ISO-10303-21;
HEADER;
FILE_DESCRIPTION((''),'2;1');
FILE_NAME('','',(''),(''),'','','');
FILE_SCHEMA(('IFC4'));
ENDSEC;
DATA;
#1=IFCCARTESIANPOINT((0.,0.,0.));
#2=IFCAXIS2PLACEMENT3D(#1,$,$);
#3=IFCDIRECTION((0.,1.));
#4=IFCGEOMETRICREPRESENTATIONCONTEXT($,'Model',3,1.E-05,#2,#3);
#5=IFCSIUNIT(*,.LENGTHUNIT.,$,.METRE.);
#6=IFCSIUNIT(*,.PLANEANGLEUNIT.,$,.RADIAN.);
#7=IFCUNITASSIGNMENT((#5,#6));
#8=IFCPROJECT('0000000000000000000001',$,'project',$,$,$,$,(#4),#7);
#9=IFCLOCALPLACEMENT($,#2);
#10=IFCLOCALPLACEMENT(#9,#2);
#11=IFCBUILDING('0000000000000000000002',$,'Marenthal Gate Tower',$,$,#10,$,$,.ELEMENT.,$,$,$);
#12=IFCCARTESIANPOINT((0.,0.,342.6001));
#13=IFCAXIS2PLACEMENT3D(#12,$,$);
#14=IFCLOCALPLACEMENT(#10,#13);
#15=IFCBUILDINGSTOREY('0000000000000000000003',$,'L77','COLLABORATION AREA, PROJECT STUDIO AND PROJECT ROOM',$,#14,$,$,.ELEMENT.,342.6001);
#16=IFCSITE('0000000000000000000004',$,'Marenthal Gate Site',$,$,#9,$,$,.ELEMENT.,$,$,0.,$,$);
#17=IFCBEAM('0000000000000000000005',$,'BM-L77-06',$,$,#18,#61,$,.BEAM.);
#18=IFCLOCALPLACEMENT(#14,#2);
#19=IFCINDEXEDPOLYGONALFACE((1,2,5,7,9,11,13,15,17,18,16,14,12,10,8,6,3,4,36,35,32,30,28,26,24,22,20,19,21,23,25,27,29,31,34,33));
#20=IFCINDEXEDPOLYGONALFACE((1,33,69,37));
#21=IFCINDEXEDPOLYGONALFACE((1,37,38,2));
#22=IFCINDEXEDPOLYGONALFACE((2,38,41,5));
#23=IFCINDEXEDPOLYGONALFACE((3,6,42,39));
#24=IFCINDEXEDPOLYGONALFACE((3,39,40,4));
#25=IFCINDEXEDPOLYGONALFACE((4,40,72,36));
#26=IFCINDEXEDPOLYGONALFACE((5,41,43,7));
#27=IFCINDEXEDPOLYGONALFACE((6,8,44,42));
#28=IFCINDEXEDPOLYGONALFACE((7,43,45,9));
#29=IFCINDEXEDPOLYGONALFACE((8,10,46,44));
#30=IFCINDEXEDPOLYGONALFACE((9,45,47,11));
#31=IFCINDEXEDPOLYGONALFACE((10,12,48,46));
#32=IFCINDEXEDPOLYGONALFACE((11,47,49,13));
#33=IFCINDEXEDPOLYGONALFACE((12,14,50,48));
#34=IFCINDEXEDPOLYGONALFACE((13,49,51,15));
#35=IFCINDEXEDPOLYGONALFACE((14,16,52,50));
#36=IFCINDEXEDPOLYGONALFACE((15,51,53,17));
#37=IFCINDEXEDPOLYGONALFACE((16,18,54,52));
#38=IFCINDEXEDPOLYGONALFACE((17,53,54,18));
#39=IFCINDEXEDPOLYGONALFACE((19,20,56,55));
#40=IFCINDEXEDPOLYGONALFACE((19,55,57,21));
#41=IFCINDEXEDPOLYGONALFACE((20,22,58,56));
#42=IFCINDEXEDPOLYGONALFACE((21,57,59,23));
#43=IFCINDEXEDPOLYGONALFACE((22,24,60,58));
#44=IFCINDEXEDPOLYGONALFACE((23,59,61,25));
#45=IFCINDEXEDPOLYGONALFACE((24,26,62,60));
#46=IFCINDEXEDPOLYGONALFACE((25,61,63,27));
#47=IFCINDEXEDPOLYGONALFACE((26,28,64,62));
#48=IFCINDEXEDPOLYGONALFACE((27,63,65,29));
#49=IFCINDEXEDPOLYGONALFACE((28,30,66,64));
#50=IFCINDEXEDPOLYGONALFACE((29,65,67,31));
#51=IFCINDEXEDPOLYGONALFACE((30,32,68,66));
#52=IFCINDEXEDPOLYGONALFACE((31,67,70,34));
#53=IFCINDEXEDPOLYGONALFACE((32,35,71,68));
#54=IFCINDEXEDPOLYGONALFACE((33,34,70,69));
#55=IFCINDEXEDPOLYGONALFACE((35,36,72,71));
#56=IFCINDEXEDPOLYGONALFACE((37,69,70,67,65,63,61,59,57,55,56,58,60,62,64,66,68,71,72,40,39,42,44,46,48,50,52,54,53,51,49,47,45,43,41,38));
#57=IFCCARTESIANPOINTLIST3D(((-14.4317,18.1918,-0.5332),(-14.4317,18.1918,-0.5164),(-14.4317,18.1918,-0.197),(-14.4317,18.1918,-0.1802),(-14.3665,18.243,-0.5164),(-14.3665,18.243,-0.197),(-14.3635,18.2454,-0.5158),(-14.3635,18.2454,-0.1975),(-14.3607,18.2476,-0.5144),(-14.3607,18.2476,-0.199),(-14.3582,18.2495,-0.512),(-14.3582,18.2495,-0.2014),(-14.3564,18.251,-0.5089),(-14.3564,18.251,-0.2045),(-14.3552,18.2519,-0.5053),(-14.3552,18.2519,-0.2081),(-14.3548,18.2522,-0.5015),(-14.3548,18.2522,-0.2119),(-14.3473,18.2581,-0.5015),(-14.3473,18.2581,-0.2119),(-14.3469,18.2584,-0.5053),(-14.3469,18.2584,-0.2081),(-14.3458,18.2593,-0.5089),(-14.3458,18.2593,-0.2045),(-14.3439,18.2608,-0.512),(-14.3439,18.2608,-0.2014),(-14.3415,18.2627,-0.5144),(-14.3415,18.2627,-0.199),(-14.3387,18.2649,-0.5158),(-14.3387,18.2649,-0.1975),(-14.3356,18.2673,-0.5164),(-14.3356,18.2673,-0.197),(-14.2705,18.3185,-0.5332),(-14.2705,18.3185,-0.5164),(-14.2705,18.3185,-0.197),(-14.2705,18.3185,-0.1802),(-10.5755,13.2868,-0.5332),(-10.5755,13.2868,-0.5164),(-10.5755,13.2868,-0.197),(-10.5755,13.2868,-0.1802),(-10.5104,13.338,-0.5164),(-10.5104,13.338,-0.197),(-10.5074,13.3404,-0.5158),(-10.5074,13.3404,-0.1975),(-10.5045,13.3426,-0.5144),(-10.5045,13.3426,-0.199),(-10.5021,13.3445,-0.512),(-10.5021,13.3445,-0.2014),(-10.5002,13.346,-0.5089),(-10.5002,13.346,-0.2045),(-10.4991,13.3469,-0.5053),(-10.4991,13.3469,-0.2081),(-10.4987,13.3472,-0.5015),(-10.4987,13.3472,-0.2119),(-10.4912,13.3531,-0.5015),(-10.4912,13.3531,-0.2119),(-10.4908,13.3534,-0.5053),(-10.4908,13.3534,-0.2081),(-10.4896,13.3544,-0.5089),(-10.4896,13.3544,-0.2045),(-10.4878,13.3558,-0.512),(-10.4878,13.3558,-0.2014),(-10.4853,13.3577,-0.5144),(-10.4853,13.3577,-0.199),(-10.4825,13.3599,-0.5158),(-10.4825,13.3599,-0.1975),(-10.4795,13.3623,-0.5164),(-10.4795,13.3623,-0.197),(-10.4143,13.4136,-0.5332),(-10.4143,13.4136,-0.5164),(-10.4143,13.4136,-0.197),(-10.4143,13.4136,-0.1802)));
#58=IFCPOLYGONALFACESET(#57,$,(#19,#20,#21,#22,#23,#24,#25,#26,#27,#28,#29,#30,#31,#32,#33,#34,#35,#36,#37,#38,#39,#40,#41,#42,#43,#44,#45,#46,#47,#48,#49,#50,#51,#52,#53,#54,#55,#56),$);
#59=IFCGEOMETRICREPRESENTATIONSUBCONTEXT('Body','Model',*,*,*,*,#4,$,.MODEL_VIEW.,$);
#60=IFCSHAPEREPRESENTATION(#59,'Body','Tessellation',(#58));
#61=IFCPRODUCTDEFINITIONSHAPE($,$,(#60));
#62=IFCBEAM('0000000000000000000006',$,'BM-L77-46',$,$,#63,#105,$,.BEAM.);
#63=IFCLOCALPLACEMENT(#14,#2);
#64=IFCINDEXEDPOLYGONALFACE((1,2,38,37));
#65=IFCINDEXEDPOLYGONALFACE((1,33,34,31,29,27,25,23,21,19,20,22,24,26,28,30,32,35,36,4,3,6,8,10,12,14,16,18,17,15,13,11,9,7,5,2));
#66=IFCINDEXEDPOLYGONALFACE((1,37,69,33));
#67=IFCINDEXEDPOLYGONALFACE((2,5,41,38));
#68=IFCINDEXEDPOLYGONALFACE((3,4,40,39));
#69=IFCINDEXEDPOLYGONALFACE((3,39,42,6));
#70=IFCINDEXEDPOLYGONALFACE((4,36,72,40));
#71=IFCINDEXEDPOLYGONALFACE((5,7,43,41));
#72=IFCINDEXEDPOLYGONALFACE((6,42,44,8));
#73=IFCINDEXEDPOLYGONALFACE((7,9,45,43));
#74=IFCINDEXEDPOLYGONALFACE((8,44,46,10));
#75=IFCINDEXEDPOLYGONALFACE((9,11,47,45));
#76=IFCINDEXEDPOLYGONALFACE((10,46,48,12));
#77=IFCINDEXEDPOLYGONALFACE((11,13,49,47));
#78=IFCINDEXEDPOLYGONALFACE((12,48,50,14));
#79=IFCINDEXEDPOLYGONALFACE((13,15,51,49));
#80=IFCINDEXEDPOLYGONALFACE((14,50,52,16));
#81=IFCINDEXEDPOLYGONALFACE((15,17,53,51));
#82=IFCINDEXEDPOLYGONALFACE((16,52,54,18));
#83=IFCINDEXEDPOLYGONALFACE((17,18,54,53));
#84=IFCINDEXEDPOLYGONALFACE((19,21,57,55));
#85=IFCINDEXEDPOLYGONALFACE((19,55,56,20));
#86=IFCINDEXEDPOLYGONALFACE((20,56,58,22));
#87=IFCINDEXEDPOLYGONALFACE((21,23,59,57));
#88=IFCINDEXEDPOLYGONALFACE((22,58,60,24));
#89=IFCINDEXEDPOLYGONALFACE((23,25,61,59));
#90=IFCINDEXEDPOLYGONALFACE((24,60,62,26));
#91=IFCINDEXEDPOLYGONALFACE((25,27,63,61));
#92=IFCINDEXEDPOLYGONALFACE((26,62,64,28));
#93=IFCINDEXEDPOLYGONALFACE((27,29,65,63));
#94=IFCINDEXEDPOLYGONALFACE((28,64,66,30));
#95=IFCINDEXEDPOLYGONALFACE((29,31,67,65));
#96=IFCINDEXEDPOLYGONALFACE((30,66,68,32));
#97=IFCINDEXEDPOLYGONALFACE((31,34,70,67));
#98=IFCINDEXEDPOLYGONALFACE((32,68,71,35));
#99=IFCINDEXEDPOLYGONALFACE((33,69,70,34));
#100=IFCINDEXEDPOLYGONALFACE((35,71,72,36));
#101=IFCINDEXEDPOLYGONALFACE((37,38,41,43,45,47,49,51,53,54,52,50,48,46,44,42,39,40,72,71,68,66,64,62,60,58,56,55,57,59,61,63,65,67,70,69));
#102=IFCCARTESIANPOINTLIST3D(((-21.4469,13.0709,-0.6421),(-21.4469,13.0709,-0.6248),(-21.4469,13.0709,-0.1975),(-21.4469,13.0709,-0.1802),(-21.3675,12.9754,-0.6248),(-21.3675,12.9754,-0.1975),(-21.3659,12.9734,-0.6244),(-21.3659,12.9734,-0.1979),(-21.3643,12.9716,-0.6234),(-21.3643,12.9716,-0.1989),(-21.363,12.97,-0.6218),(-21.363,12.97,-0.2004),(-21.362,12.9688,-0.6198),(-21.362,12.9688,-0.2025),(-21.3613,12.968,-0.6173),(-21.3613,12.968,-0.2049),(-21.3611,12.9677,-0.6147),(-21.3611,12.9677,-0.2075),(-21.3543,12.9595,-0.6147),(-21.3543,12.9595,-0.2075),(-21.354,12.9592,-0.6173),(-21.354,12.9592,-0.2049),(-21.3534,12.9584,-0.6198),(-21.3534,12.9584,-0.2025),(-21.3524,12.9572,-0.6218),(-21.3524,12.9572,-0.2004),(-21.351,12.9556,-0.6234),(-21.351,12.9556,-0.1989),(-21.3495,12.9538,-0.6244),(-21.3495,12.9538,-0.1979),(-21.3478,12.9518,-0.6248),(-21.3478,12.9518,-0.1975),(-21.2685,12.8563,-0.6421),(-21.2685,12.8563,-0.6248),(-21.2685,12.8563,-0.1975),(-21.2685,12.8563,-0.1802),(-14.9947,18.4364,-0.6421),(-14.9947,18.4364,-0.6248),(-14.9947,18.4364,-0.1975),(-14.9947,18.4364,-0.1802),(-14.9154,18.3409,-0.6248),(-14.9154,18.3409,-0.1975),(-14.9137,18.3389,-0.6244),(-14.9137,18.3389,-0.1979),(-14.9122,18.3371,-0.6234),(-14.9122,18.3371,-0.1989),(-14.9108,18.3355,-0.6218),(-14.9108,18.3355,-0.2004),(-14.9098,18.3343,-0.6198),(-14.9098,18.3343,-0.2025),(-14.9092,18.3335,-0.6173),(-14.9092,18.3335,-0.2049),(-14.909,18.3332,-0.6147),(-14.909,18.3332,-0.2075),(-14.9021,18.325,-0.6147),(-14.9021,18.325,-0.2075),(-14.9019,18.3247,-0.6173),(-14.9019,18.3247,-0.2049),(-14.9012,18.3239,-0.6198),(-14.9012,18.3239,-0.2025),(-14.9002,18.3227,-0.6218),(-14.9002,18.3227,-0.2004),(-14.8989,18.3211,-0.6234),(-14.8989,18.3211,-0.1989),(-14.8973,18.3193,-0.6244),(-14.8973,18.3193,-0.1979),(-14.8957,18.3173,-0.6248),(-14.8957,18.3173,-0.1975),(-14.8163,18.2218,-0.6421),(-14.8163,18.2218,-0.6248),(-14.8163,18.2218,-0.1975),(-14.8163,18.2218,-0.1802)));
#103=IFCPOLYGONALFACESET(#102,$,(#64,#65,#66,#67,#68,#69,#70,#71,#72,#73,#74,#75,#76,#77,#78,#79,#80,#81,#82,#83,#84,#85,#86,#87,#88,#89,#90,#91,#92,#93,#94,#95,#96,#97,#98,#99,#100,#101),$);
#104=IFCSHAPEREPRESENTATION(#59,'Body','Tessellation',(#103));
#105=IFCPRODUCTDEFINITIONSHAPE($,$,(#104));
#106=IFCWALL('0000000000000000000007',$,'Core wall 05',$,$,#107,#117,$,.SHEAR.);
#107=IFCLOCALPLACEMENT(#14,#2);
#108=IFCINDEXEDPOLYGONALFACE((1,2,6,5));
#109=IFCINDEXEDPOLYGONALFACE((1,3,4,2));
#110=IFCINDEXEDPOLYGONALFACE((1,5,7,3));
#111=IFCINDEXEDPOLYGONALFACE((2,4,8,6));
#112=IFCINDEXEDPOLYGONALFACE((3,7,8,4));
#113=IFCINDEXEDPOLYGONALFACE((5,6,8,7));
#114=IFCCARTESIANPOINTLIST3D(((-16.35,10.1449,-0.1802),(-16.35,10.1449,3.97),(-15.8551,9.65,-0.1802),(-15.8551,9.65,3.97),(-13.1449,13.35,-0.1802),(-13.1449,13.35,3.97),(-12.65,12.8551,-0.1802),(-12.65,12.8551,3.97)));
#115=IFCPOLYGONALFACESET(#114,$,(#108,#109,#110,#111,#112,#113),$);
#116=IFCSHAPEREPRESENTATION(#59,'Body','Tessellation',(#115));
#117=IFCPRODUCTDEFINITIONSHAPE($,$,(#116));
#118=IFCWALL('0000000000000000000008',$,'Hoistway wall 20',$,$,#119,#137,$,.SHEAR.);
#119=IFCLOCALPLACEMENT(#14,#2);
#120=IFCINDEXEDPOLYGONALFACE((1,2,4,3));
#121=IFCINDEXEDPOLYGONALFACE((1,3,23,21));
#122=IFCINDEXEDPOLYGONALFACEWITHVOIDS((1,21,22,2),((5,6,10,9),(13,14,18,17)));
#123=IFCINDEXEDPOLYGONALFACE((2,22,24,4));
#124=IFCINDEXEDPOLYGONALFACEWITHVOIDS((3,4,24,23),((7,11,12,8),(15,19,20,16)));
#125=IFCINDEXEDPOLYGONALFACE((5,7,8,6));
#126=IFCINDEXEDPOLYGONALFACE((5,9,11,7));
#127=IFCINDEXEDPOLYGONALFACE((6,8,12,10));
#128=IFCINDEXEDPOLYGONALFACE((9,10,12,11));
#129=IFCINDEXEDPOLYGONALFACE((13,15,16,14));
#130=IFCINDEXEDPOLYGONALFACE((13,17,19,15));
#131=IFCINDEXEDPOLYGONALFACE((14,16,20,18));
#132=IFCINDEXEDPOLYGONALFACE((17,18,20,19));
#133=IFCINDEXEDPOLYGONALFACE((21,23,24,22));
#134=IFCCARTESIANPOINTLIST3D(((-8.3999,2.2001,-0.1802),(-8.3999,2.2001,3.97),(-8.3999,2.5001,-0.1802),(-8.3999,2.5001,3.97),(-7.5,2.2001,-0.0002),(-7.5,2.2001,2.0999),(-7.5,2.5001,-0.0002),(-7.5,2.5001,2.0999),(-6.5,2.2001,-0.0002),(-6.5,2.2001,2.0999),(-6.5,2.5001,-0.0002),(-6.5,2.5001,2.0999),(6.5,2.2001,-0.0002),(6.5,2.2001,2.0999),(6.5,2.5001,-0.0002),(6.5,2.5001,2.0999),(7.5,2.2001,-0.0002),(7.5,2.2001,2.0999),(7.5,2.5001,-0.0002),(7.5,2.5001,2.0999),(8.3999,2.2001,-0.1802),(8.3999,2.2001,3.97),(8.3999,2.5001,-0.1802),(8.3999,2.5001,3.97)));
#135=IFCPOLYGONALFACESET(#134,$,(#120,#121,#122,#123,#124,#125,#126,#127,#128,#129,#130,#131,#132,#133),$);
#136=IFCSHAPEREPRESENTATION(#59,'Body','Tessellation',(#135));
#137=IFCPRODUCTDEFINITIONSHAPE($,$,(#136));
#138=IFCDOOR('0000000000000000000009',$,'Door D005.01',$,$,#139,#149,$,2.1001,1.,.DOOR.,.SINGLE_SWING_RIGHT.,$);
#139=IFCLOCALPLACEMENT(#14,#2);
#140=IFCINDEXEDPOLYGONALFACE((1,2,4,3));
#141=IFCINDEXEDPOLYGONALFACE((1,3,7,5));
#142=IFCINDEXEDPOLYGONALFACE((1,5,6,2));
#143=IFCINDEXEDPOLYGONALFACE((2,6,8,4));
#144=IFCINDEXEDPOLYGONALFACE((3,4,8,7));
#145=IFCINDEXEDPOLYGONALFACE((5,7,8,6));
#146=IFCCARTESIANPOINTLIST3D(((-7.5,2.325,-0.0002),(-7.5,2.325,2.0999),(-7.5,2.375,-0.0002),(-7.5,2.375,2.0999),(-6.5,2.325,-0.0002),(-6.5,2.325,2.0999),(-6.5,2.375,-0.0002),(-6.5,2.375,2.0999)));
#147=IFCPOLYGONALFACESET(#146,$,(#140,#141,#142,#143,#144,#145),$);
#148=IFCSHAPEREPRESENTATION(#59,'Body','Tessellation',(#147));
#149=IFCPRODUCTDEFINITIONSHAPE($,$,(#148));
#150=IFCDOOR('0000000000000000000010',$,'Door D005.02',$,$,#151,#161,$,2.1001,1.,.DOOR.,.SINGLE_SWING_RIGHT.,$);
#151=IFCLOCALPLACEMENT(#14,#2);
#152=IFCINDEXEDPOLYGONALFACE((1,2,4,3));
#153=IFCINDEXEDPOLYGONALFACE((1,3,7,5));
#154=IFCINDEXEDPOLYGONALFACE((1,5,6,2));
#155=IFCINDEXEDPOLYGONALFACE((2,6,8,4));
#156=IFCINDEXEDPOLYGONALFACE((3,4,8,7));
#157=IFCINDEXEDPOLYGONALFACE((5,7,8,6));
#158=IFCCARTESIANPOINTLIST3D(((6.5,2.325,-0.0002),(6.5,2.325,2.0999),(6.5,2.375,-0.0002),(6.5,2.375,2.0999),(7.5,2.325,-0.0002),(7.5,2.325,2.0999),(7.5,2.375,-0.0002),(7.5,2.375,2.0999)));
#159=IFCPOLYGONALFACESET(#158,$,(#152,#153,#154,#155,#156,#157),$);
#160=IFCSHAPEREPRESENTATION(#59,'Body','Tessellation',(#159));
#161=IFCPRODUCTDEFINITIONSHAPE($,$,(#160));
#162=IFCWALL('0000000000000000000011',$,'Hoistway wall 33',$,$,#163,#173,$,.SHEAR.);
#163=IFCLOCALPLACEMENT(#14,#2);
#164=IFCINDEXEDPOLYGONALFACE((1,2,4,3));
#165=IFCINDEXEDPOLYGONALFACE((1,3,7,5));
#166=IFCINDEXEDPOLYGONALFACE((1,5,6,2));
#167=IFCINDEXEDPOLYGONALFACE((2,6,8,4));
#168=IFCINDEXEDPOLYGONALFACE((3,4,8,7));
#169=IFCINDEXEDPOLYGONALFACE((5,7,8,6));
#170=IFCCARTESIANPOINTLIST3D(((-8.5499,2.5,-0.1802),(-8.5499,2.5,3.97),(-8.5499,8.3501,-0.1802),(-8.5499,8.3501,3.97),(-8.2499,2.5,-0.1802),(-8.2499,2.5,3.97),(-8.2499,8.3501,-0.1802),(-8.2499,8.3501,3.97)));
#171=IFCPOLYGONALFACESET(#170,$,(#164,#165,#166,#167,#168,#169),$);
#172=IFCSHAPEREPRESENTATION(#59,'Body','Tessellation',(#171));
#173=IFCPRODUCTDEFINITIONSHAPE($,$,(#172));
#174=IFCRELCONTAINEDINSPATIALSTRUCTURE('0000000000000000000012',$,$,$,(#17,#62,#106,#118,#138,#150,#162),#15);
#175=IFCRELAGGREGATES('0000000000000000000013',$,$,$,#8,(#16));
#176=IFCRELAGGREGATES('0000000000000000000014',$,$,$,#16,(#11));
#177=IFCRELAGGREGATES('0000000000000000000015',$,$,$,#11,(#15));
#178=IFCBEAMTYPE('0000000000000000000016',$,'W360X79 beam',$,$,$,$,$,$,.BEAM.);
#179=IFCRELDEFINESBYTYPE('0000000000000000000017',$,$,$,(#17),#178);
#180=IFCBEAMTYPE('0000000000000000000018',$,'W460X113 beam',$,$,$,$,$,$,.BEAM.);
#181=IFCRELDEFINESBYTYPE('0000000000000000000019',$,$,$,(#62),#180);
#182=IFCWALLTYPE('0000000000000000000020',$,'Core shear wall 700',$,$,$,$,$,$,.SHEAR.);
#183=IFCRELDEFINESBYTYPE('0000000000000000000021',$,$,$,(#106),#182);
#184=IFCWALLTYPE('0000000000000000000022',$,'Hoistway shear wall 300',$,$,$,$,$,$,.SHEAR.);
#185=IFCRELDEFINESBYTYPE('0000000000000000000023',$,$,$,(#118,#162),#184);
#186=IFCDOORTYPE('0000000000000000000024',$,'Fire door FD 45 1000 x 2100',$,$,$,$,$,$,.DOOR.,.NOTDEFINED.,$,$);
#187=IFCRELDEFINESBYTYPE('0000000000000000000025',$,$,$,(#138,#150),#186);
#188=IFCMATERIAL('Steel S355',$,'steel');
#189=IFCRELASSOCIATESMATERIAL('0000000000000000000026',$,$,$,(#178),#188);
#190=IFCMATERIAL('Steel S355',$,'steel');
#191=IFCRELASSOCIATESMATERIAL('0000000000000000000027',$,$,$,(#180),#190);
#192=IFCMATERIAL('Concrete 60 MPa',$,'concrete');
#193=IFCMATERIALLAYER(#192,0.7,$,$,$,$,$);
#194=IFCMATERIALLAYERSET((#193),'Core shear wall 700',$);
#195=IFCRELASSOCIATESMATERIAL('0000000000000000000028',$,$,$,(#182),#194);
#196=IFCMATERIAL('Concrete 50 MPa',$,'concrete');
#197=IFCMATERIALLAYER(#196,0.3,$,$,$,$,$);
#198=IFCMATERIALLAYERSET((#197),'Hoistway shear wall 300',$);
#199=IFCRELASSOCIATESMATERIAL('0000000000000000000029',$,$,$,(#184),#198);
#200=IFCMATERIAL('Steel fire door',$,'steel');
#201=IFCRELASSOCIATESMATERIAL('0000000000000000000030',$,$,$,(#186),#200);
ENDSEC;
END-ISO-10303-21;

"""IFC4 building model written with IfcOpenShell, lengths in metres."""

from ifc_helpers import new_model, si_unit, direction, frame, frame_2d, origin, origin_2d, place, context, subcontext, project, spatial, rectangle, i_section, extrude, material, layer, layer_set, material_profile, profile_set, type_object, element, fill, save


model = new_model("IFC4")

# Units and contexts
model_context = context("Model", 3, precision=1e-05, world=origin(), true_north=direction((0.0, 1.0)))
body_context = subcontext(model_context, "Body", "Model", "MODEL_VIEW")
ifc_project = project(units=[si_unit("LENGTHUNIT", "METRE"), si_unit("PLANEANGLEUNIT", "RADIAN")], contexts=[model_context])

# Site, building, storey
site_placement = place(None, origin())
site = spatial("IfcSite", under=ifc_project, at=site_placement, Name="Marenthal Gate Site", CompositionType="ELEMENT", RefElevation=0.0)
building_placement = place(site_placement, origin())
building = spatial("IfcBuilding", under=site, at=building_placement, Name="Marenthal Gate Tower", CompositionType="ELEMENT")
storey_placement = place(building_placement, frame((0.0, 0.0, 342.6001)))
storey = spatial("IfcBuildingStorey", under=building, at=storey_placement, Name="L77", Description="COLLABORATION AREA, PROJECT STUDIO AND PROJECT ROOM", CompositionType="ELEMENT", Elevation=342.6001)

# Beams
ifc_material_1 = material(Name="Steel S355", Category="steel")
ifc_material_profile_1 = material_profile(ifc_material_1, i_section(OverallWidth=0.2051, OverallDepth=0.353, WebThickness=0.0095, FlangeThickness=0.0168, FilletRadius=0.0149, at=origin_2d()), Name="W360X79")
ifc_profile_set_1 = profile_set([ifc_material_profile_1], Name="Steel S355")
beam_type_1 = type_object("IfcBeamType", Name="W360X79 beam", PredefinedType="BEAM", material=ifc_profile_set_1)
beam_1_placement = place(storey_placement, frame((-14.3511, 18.2551, -0.3567), z_axis=(0.618044, -0.786143, 0.0), x_axis=(0.786143, 0.618044, 0.0)))
element("IfcBeam", 1, at=beam_1_placement, inside=storey, type_object=beam_type_1, Name="BM-L77-06", PredefinedType="BEAM", context=body_context, shape_type="SweptSolid", body=[
    extrude(i_section(OverallWidth=0.2051, OverallDepth=0.353, WebThickness=0.0095, FlangeThickness=0.0168, FilletRadius=0.0149, at=origin_2d()), origin(), (0.0, 0.0, 1.0), 6.2393),
])
ifc_material_2 = material(Name="Steel S355", Category="steel")
ifc_material_profile_2 = material_profile(ifc_material_2, i_section(OverallWidth=0.2791, OverallDepth=0.4619, WebThickness=0.0107, FlangeThickness=0.0173, FilletRadius=0.01, at=origin_2d()), Name="W460X113")
ifc_profile_set_2 = profile_set([ifc_material_profile_2], Name="Steel S355")
beam_type_2 = type_object("IfcBeamType", Name="W460X113 beam", PredefinedType="BEAM", material=ifc_profile_set_2)
beam_2_placement = place(storey_placement, frame((-14.9055, 18.3291, -0.4111), z_axis=(-0.768884, -0.639389, 0.0), x_axis=(0.639389, -0.768884, 0.0)))
element("IfcBeam", 2, at=beam_2_placement, inside=storey, type_object=beam_type_2, Name="BM-L77-46", PredefinedType="BEAM", context=body_context, shape_type="SweptSolid", body=[
    extrude(i_section(OverallWidth=0.2791, OverallDepth=0.4619, WebThickness=0.0107, FlangeThickness=0.0173, FilletRadius=0.01, at=origin_2d()), origin(), (0.0, 0.0, 1.0), 8.3916),
])

# Wall
ifc_material_3 = material(Name="Concrete 60 MPa", Category="concrete")
ifc_layer_1 = layer(ifc_material_3, 0.7)
ifc_layer_set_1 = layer_set([ifc_layer_1], Name="Core shear wall 700")
wall_type_1 = type_object("IfcWallType", Name="Core shear wall 700", PredefinedType="SHEAR", material=ifc_layer_set_1)
wall_1_placement = place(storey_placement, frame((-12.8975, 13.1025, -0.1802), z_axis=(0.0, 0.0, 1.0), x_axis=(-0.707107, -0.707107, 0.0)))
element("IfcWall", 3, at=wall_1_placement, inside=storey, type_object=wall_type_1, Name="Core wall 05", PredefinedType="SHEAR", context=body_context, shape_type="SweptSolid", body=[
    extrude(rectangle(XDim=4.5327, YDim=0.7, at=frame_2d((2.2664, 0.0))), origin(), (0.0, 0.0, 1.0), 4.1501),
])

# Wall, openings, doors
ifc_material_4 = material(Name="Concrete 50 MPa", Category="concrete")
ifc_layer_2 = layer(ifc_material_4, 0.3)
ifc_layer_set_2 = layer_set([ifc_layer_2], Name="Hoistway shear wall 300")
wall_type_2 = type_object("IfcWallType", Name="Hoistway shear wall 300", PredefinedType="SHEAR", material=ifc_layer_set_2)
wall_2_placement = place(storey_placement, frame((-8.3999, 2.3501, -0.1802), z_axis=(0.0, 0.0, 1.0), x_axis=(1.0, 0.0, 0.0)))
wall_2 = element("IfcWall", 4, at=wall_2_placement, inside=storey, type_object=wall_type_2, Name="Hoistway wall 20", PredefinedType="SHEAR", context=body_context, shape_type="SweptSolid", body=[
    extrude(rectangle(XDim=16.7998, YDim=0.3, at=frame_2d((8.3999, 0.0))), origin(), (0.0, 0.0, 1.0), 4.1501),
])
opening_1_placement = place(wall_2_placement, frame((0.8999, 0.0, 0.1799)))
opening_1 = element("IfcOpeningElement", 5, at=opening_1_placement, cuts=wall_2, PredefinedType="OPENING", context=body_context, shape_type="SweptSolid", body=[
    extrude(rectangle(XDim=1.0, YDim=2.1001, at=frame_2d((0.5, 1.05))), frame((0.0, 0.1602, 0.0), z_axis=(0.0, -1.0, 0.0), x_axis=(1.0, 0.0, 0.0)), (0.0, 0.0, 1.0), 0.3201),
])
opening_2_placement = place(wall_2_placement, frame((14.8999, 0.0, 0.1799)))
opening_2 = element("IfcOpeningElement", 6, at=opening_2_placement, cuts=wall_2, PredefinedType="OPENING", context=body_context, shape_type="SweptSolid", body=[
    extrude(rectangle(XDim=1.0, YDim=2.1001, at=frame_2d((0.5, 1.05))), frame((0.0, 0.1602, 0.0), z_axis=(0.0, -1.0, 0.0), x_axis=(1.0, 0.0, 0.0)), (0.0, 0.0, 1.0), 0.3201),
])
ifc_material_5 = material(Name="Steel fire door", Category="steel")
door_type_1 = type_object("IfcDoorType", Name="Fire door FD 45 1000 x 2100", OperationType="NOTDEFINED", PredefinedType="DOOR", material=ifc_material_5)
door_1_placement = place(opening_1_placement, origin())
door_1 = element("IfcDoor", 7, at=door_1_placement, inside=storey, type_object=door_type_1, Name="Door D005.01", OperationType="SINGLE_SWING_RIGHT", OverallHeight=2.1001, OverallWidth=1.0, PredefinedType="DOOR", context=body_context, shape_type="SweptSolid", body=[
    extrude(rectangle(XDim=1.0, YDim=2.1001, at=frame_2d((0.5, 1.05))), frame((0.0, 0.0249, 0.0), z_axis=(0.0, -1.0, 0.0), x_axis=(1.0, 0.0, 0.0)), (0.0, 0.0, 1.0), 0.05),
])
fill(opening_1, door_1)
door_2_placement = place(opening_2_placement, origin())
door_2 = element("IfcDoor", 8, at=door_2_placement, inside=storey, type_object=door_type_1, Name="Door D005.02", OperationType="SINGLE_SWING_RIGHT", OverallHeight=2.1001, OverallWidth=1.0, PredefinedType="DOOR", context=body_context, shape_type="SweptSolid", body=[
    extrude(rectangle(XDim=1.0, YDim=2.1001, at=frame_2d((0.5, 1.05))), frame((0.0, 0.0249, 0.0), z_axis=(0.0, -1.0, 0.0), x_axis=(1.0, 0.0, 0.0)), (0.0, 0.0, 1.0), 0.05),
])
fill(opening_2, door_2)

# Wall
wall_3_placement = place(storey_placement, frame((-8.3999, 2.5, -0.1802), z_axis=(0.0, 0.0, 1.0), x_axis=(0.0, 1.0, 0.0)))
element("IfcWall", 9, at=wall_3_placement, inside=storey, type_object=wall_type_2, Name="Hoistway wall 33", PredefinedType="SHEAR", context=body_context, shape_type="SweptSolid", body=[
    extrude(rectangle(XDim=5.8501, YDim=0.3, at=frame_2d((2.925, 0.0))), origin(), (0.0, 0.0, 1.0), 4.1501),
])

save(model, "model.ifc")
